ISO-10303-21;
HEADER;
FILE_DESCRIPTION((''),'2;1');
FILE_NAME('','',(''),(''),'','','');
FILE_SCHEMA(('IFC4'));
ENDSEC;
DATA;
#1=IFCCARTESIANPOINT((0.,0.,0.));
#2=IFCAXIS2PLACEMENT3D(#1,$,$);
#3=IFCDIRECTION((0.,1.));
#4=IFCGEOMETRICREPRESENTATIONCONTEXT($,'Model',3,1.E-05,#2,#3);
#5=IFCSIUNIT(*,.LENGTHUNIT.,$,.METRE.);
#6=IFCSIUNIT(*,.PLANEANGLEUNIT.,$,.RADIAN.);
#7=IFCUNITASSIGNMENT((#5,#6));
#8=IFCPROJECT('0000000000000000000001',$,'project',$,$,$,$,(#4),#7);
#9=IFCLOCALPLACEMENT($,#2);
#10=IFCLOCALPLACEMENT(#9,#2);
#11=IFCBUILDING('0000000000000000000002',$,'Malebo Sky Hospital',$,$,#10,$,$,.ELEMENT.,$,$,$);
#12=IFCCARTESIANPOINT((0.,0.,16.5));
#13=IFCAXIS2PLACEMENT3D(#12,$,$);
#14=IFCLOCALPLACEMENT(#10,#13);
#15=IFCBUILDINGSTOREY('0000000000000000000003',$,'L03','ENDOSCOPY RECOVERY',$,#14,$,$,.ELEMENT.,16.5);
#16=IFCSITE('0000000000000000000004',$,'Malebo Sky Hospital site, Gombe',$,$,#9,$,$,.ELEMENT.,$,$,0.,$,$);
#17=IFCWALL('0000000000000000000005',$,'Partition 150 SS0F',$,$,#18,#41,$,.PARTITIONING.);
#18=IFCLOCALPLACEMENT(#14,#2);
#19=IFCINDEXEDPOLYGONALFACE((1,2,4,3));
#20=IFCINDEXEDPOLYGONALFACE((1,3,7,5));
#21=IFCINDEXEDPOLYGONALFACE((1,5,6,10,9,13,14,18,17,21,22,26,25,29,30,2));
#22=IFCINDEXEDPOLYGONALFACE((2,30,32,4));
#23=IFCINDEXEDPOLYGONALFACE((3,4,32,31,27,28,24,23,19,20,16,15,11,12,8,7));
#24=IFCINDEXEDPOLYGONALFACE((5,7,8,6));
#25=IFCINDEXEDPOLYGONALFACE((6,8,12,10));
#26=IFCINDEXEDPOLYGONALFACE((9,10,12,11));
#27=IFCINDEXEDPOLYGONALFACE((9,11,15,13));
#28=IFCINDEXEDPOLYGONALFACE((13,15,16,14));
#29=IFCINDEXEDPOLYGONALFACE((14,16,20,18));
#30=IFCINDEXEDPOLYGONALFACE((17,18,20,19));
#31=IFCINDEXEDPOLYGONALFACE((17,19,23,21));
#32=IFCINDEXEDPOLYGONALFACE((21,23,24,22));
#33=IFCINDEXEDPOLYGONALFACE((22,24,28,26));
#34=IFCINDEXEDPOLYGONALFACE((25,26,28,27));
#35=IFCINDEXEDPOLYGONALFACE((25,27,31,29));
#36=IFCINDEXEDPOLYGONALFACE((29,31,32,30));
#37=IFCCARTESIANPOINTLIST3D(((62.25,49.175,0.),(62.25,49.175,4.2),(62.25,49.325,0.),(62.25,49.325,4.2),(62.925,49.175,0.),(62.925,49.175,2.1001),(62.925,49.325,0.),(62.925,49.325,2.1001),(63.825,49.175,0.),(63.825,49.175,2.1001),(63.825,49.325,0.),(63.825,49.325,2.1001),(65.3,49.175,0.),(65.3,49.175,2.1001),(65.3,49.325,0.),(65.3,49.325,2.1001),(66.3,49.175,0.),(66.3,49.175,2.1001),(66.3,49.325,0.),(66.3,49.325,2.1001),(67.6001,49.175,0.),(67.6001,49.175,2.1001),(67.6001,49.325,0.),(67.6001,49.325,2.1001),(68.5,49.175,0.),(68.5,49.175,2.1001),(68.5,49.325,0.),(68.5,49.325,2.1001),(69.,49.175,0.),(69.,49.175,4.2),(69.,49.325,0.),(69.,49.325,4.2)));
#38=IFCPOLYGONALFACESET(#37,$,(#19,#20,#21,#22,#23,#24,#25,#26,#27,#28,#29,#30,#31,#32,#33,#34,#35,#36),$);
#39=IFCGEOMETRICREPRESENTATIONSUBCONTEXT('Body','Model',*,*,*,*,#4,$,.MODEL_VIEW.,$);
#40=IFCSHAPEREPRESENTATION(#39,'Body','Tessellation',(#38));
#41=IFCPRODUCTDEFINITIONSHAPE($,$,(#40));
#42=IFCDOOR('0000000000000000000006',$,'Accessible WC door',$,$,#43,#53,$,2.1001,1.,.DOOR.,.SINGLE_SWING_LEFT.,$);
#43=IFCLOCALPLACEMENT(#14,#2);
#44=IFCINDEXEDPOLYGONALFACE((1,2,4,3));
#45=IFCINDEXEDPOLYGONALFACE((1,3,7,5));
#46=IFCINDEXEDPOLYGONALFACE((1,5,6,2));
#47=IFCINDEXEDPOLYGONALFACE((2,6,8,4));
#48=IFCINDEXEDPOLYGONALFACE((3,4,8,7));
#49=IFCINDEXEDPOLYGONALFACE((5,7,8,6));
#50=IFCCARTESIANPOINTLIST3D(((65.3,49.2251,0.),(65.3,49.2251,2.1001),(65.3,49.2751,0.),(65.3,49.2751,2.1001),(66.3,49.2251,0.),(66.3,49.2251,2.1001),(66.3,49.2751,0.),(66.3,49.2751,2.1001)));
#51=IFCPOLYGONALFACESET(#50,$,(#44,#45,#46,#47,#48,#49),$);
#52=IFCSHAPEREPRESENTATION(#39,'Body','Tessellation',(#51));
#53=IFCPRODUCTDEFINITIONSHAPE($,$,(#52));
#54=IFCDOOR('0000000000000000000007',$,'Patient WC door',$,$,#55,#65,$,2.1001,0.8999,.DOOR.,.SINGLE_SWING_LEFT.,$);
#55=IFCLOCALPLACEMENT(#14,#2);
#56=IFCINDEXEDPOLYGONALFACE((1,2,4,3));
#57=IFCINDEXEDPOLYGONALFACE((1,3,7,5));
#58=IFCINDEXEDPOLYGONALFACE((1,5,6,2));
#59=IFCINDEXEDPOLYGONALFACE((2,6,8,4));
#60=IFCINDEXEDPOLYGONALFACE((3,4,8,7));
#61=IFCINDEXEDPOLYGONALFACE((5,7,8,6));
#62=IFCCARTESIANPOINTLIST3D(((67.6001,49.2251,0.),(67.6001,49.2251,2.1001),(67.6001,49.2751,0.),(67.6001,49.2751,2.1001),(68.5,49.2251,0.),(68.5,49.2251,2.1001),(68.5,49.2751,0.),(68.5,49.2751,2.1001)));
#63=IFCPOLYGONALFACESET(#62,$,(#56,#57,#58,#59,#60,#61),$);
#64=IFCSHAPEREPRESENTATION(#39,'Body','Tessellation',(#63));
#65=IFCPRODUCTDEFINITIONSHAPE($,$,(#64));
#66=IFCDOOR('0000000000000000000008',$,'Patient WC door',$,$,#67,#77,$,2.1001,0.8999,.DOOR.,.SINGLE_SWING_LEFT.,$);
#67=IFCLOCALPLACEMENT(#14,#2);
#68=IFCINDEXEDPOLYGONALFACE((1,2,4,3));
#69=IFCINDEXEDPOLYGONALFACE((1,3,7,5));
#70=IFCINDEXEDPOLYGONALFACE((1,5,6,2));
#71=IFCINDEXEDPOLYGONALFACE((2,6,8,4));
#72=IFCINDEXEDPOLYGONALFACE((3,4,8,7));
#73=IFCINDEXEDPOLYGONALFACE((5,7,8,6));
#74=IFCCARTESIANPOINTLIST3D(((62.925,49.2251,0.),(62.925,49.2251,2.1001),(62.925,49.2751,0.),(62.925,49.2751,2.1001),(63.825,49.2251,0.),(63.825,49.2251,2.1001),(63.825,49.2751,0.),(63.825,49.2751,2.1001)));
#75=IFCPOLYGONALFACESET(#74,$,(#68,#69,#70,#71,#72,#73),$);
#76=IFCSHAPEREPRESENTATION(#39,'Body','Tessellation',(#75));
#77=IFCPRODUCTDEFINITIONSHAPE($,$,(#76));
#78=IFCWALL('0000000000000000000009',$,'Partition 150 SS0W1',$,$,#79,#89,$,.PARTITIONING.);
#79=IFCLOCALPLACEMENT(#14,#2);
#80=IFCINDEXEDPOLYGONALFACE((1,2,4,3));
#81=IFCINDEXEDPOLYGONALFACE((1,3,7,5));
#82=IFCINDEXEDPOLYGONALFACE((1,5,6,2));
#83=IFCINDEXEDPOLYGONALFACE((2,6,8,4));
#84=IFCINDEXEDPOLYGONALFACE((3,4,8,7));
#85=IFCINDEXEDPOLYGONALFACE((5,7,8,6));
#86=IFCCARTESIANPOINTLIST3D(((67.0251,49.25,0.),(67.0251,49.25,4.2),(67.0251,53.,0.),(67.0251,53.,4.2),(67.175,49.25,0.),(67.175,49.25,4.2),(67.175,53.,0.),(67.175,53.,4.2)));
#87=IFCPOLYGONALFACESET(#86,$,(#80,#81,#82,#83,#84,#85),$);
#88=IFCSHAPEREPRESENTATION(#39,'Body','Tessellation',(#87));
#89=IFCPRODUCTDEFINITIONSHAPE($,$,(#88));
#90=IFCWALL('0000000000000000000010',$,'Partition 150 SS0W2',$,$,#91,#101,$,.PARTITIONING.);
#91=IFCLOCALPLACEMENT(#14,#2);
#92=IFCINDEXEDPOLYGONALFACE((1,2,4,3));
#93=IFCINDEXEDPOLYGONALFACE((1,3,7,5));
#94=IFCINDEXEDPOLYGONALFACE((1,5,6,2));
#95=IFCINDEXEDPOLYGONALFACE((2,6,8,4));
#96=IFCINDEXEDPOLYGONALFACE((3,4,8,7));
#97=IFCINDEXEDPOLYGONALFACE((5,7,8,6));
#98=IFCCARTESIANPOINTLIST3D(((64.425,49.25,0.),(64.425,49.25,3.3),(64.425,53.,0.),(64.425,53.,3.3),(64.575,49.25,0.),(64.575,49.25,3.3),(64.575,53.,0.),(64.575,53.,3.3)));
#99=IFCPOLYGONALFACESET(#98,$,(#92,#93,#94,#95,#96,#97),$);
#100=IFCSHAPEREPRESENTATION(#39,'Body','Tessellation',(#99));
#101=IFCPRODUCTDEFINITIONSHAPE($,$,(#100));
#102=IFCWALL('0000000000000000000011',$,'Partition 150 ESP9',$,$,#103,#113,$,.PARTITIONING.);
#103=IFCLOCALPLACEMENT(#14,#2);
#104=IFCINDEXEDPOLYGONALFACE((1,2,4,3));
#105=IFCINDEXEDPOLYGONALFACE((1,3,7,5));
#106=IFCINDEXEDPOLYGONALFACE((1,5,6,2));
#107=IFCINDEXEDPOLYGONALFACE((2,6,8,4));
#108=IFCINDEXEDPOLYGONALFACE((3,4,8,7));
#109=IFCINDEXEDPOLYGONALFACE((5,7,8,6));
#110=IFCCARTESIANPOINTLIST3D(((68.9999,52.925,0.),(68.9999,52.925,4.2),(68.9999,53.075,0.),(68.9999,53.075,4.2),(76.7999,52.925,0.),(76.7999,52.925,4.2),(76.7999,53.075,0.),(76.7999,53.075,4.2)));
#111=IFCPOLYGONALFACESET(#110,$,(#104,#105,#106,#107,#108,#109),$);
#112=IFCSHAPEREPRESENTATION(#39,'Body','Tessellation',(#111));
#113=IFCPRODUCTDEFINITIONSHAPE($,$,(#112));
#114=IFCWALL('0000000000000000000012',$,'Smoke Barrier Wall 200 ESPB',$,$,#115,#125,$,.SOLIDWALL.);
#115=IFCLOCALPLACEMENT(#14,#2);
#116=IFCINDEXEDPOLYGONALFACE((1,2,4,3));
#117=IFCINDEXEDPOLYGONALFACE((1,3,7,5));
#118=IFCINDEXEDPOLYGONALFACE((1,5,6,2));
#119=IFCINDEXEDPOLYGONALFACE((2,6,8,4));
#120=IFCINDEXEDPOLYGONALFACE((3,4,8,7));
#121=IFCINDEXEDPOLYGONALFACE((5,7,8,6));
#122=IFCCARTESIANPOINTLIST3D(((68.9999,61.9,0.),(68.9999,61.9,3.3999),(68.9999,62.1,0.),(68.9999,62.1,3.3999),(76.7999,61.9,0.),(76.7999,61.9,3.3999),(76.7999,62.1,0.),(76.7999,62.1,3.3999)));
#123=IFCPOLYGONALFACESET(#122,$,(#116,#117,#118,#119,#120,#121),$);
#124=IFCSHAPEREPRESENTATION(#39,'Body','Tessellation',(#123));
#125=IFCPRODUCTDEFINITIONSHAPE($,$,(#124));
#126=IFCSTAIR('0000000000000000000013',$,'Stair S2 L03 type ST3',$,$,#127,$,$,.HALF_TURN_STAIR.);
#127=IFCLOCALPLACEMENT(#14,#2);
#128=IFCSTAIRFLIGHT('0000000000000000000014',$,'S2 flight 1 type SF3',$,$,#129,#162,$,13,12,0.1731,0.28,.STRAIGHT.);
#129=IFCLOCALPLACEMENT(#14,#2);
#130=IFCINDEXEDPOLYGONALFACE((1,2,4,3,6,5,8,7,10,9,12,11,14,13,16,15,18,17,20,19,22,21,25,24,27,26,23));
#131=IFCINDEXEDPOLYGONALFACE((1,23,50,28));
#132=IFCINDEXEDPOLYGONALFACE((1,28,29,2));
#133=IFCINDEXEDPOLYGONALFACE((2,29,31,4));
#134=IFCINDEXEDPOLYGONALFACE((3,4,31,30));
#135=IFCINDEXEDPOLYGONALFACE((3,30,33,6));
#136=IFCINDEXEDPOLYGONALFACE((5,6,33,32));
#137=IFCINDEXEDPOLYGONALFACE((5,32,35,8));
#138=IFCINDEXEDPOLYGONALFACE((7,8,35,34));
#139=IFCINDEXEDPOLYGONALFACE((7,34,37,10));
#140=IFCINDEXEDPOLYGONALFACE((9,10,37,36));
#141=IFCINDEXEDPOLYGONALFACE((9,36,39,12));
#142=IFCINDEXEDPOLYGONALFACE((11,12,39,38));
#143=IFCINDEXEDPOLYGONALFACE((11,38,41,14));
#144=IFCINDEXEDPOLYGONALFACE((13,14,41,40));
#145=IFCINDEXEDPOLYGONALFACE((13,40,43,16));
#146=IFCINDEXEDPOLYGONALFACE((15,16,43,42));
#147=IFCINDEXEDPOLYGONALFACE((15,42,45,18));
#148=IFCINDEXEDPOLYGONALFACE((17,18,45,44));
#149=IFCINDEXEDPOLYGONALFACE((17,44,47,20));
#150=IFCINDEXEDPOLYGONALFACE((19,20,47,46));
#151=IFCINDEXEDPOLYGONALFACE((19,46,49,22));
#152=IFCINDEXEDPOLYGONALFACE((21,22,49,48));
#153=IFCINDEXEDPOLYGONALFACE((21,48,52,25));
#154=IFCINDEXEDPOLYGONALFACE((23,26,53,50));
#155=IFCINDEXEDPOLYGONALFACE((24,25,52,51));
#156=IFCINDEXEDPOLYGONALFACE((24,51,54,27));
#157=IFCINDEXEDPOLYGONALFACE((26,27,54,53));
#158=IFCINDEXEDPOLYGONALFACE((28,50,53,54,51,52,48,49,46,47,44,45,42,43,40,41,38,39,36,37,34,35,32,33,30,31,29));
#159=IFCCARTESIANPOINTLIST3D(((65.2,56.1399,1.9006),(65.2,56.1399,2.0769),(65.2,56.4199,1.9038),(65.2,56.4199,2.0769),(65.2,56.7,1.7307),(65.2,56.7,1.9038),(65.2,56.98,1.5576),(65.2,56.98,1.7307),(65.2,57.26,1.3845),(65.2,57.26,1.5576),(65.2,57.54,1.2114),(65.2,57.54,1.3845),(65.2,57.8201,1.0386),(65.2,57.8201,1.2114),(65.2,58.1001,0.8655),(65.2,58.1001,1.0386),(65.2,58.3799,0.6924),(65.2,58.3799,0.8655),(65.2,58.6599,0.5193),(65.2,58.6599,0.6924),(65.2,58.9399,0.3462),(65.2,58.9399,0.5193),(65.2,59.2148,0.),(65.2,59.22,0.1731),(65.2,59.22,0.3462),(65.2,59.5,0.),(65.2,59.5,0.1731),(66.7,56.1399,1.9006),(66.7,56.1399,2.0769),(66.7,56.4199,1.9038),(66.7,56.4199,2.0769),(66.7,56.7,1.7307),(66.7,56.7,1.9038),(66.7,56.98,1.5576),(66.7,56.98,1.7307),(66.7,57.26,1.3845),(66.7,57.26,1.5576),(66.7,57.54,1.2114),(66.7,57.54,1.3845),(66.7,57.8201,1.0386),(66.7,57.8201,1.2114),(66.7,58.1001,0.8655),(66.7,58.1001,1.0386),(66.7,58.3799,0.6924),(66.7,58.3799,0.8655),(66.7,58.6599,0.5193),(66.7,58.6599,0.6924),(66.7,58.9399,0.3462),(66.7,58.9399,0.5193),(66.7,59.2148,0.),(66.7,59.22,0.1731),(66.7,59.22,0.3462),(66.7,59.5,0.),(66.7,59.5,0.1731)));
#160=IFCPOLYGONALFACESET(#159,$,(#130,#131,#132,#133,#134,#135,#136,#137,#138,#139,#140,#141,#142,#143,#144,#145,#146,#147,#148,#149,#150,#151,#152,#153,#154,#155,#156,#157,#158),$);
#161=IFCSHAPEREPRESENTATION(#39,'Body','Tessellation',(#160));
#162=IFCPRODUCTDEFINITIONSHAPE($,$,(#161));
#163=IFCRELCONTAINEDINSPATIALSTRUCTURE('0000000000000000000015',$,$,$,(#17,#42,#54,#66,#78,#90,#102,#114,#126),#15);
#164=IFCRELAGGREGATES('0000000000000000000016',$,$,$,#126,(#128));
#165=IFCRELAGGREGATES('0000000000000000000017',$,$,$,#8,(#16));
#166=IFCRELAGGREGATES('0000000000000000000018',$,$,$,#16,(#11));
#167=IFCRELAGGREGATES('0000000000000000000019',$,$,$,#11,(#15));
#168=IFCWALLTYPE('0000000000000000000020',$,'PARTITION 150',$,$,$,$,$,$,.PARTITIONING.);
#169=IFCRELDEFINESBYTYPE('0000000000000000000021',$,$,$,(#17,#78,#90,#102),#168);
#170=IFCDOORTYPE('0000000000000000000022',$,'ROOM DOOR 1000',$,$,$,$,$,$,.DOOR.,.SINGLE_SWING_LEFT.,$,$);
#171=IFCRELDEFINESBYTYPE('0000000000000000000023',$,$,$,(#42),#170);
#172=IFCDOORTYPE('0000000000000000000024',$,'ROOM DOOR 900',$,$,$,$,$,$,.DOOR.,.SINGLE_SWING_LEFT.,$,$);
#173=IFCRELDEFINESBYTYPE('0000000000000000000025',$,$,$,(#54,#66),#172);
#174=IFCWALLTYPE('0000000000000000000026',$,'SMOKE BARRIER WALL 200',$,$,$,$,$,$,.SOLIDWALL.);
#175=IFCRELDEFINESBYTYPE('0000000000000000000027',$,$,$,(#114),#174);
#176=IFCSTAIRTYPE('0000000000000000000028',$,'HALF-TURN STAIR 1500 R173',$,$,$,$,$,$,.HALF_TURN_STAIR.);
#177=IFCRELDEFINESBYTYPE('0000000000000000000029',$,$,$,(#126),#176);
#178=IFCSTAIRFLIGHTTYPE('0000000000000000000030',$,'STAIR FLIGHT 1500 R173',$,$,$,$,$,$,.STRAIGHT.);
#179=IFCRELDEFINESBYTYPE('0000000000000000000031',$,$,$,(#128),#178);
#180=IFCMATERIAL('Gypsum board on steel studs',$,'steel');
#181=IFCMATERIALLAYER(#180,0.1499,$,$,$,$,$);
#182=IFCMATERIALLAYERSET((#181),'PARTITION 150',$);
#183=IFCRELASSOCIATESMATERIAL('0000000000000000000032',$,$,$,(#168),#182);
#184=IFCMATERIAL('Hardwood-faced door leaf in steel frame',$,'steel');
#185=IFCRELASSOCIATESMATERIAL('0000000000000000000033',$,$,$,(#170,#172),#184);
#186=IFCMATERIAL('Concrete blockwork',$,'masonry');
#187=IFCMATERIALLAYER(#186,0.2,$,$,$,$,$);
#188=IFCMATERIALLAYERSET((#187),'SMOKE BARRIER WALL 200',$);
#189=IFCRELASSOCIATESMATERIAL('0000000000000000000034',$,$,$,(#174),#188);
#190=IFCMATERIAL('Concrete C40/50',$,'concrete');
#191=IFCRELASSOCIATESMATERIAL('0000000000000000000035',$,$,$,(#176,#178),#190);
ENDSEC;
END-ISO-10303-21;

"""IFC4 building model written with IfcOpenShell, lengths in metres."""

from ifc_helpers import new_model, si_unit, direction, frame, frame_2d, origin, place, context, subcontext, project, spatial, polyline, rectangle, outline, extrude, material, layer, layer_set, type_object, element, fill, aggregate, save


model = new_model("IFC4")

# Units and contexts
model_context = context("Model", 3, precision=1e-05, world=origin(), true_north=direction((0.0, 1.0)))
body_context = subcontext(model_context, "Body", "Model", "MODEL_VIEW")
ifc_project = project(units=[si_unit("LENGTHUNIT", "METRE"), si_unit("PLANEANGLEUNIT", "RADIAN")], contexts=[model_context])

# Site, building, storey
site_placement = place(None, origin())
site = spatial("IfcSite", under=ifc_project, at=site_placement, Name="Malebo Sky Hospital site, Gombe", CompositionType="ELEMENT", RefElevation=0.0)
building_placement = place(site_placement, origin())
building = spatial("IfcBuilding", under=site, at=building_placement, Name="Malebo Sky Hospital", CompositionType="ELEMENT")
storey_placement = place(building_placement, frame((0.0, 0.0, 16.5)))
storey = spatial("IfcBuildingStorey", under=building, at=storey_placement, Name="L03", Description="ENDOSCOPY RECOVERY", CompositionType="ELEMENT", Elevation=16.5)

# Shared definitions
ifc_material_1 = material(Name="Hardwood-faced door leaf in steel frame", Category="steel")

# Shared definitions
ifc_material_2 = material(Name="Gypsum board on steel studs", Category="steel")
ifc_layer_1 = layer(ifc_material_2, 0.1499)
ifc_layer_set_1 = layer_set([ifc_layer_1], Name="PARTITION 150")
wall_type_1 = type_object("IfcWallType", Name="PARTITION 150", PredefinedType="PARTITIONING", material=ifc_layer_set_1)

# Wall, openings, doors
wall_1_placement = place(storey_placement, frame((69.0, 49.25, 0.0), z_axis=(0.0, 0.0, 1.0), x_axis=(-1.0, 0.0, 0.0)))
wall_1 = element("IfcWall", 1, at=wall_1_placement, inside=storey, type_object=wall_type_1, Name="Partition 150 SS0F", PredefinedType="PARTITIONING", context=body_context, shape_type="SweptSolid", body=[
    extrude(rectangle(XDim=6.75, YDim=0.1499, at=frame_2d((3.375, 0.0))), origin(), (0.0, 0.0, 1.0), 4.2),
])
opening_1_placement = place(wall_1_placement, frame((0.5, 0.0, 0.0)))
opening_1 = element("IfcOpeningElement", 2, at=opening_1_placement, cuts=wall_1, PredefinedType="OPENING", context=body_context, shape_type="SweptSolid", body=[
    extrude(rectangle(XDim=0.8999, YDim=2.1001, at=frame_2d((0.45, 1.05))), frame((0.0, 0.085, 0.0), z_axis=(0.0, -1.0, 0.0), x_axis=(1.0, 0.0, 0.0)), (0.0, 0.0, 1.0), 0.1699),
])
opening_2_placement = place(wall_1_placement, frame((2.7, 0.0, 0.0)))
opening_2 = element("IfcOpeningElement", 3, at=opening_2_placement, cuts=wall_1, PredefinedType="OPENING", context=body_context, shape_type="SweptSolid", body=[
    extrude(rectangle(XDim=1.0, YDim=2.1001, at=frame_2d((0.5, 1.05))), frame((0.0, 0.085, 0.0), z_axis=(0.0, -1.0, 0.0), x_axis=(1.0, 0.0, 0.0)), (0.0, 0.0, 1.0), 0.1699),
])
opening_3_placement = place(wall_1_placement, frame((5.175, 0.0, 0.0)))
opening_3 = element("IfcOpeningElement", 4, at=opening_3_placement, cuts=wall_1, PredefinedType="OPENING", context=body_context, shape_type="SweptSolid", body=[
    extrude(rectangle(XDim=0.8999, YDim=2.1001, at=frame_2d((0.45, 1.05))), frame((0.0, 0.085, 0.0), z_axis=(0.0, -1.0, 0.0), x_axis=(1.0, 0.0, 0.0)), (0.0, 0.0, 1.0), 0.1699),
])
door_type_1 = type_object("IfcDoorType", Name="ROOM DOOR 1000", OperationType="SINGLE_SWING_LEFT", PredefinedType="DOOR", material=ifc_material_1)
door_1_placement = place(opening_2_placement, origin())
door_1 = element("IfcDoor", 5, at=door_1_placement, inside=storey, type_object=door_type_1, Name="Accessible WC door", OperationType="SINGLE_SWING_LEFT", OverallHeight=2.1001, OverallWidth=1.0, PredefinedType="DOOR", context=body_context, shape_type="SweptSolid", body=[
    extrude(rectangle(XDim=1.0, YDim=2.1001, at=frame_2d((0.5, 1.05))), frame((0.0, 0.0249, 0.0), z_axis=(0.0, -1.0, 0.0), x_axis=(1.0, 0.0, 0.0)), (0.0, 0.0, 1.0), 0.05),
])
fill(opening_2, door_1)
door_type_2 = type_object("IfcDoorType", Name="ROOM DOOR 900", OperationType="SINGLE_SWING_LEFT", PredefinedType="DOOR", material=ifc_material_1)
door_2_placement = place(opening_1_placement, origin())
door_2 = element("IfcDoor", 6, at=door_2_placement, inside=storey, type_object=door_type_2, Name="Patient WC door", OperationType="SINGLE_SWING_LEFT", OverallHeight=2.1001, OverallWidth=0.8999, PredefinedType="DOOR", context=body_context, shape_type="SweptSolid", body=[
    extrude(rectangle(XDim=0.8999, YDim=2.1001, at=frame_2d((0.45, 1.05))), frame((0.0, 0.0249, 0.0), z_axis=(0.0, -1.0, 0.0), x_axis=(1.0, 0.0, 0.0)), (0.0, 0.0, 1.0), 0.05),
])
fill(opening_1, door_2)
door_3_placement = place(opening_3_placement, origin())
door_3 = element("IfcDoor", 7, at=door_3_placement, inside=storey, type_object=door_type_2, Name="Patient WC door", OperationType="SINGLE_SWING_LEFT", OverallHeight=2.1001, OverallWidth=0.8999, PredefinedType="DOOR", context=body_context, shape_type="SweptSolid", body=[
    extrude(rectangle(XDim=0.8999, YDim=2.1001, at=frame_2d((0.45, 1.05))), frame((0.0, 0.0249, 0.0), z_axis=(0.0, -1.0, 0.0), x_axis=(1.0, 0.0, 0.0)), (0.0, 0.0, 1.0), 0.05),
])
fill(opening_3, door_3)

# Walls
wall_2_placement = place(storey_placement, frame((67.1001, 53.0, 0.0), z_axis=(0.0, 0.0, 1.0), x_axis=(0.0, -1.0, 0.0)))
element("IfcWall", 8, at=wall_2_placement, inside=storey, type_object=wall_type_1, Name="Partition 150 SS0W1", PredefinedType="PARTITIONING", context=body_context, shape_type="SweptSolid", body=[
    extrude(rectangle(XDim=3.75, YDim=0.1499, at=frame_2d((1.875, 0.0))), origin(), (0.0, 0.0, 1.0), 4.2),
])
wall_3_placement = place(storey_placement, frame((64.5, 53.0, 0.0), z_axis=(0.0, 0.0, 1.0), x_axis=(0.0, -1.0, 0.0)))
element("IfcWall", 9, at=wall_3_placement, inside=storey, type_object=wall_type_1, Name="Partition 150 SS0W2", PredefinedType="PARTITIONING", context=body_context, shape_type="SweptSolid", body=[
    extrude(rectangle(XDim=3.75, YDim=0.1499, at=frame_2d((1.875, 0.0))), origin(), (0.0, 0.0, 1.0), 3.3),
])
wall_4_placement = place(storey_placement, frame((69.0, 53.0, 0.0), z_axis=(0.0, 0.0, 1.0), x_axis=(1.0, 0.0, 0.0)))
element("IfcWall", 10, at=wall_4_placement, inside=storey, type_object=wall_type_1, Name="Partition 150 ESP9", PredefinedType="PARTITIONING", context=body_context, shape_type="SweptSolid", body=[
    extrude(rectangle(XDim=7.8, YDim=0.1499, at=frame_2d((3.8999, 0.0))), origin(), (0.0, 0.0, 1.0), 4.2),
])
ifc_material_3 = material(Name="Concrete blockwork", Category="masonry")
ifc_layer_2 = layer(ifc_material_3, 0.2)
ifc_layer_set_2 = layer_set([ifc_layer_2], Name="SMOKE BARRIER WALL 200")
wall_type_2 = type_object("IfcWallType", Name="SMOKE BARRIER WALL 200", PredefinedType="SOLIDWALL", material=ifc_layer_set_2)
wall_5_placement = place(storey_placement, frame((69.0, 62.0, 0.0), z_axis=(0.0, 0.0, 1.0), x_axis=(1.0, 0.0, 0.0)))
element("IfcWall", 11, at=wall_5_placement, inside=storey, type_object=wall_type_2, Name="Smoke Barrier Wall 200 ESPB", PredefinedType="SOLIDWALL", context=body_context, shape_type="SweptSolid", body=[
    extrude(rectangle(XDim=7.8, YDim=0.2, at=frame_2d((3.8999, 0.0))), origin(), (0.0, 0.0, 1.0), 3.3999),
])

# Stair, stair flight
ifc_material_4 = material(Name="Concrete C40/50", Category="concrete")
stair_type = type_object("IfcStairType", Name="HALF-TURN STAIR 1500 R173", PredefinedType="HALF_TURN_STAIR", material=ifc_material_4)
stair_placement = place(storey_placement, origin())
stair = element("IfcStair", 12, at=stair_placement, inside=storey, type_object=stair_type, Name="Stair S2 L03 type ST3", PredefinedType="HALF_TURN_STAIR")
stair_flight_type = type_object("IfcStairFlightType", Name="STAIR FLIGHT 1500 R173", PredefinedType="STRAIGHT", material=ifc_material_4)
stair_flight_1_placement = place(storey_placement, frame((65.95, 59.5, 0.0), z_axis=(0.0, 0.0, 1.0), x_axis=(0.0, -1.0, 0.0)))
stair_flight_1 = element("IfcStairFlight", 13, at=stair_flight_1_placement, type_object=stair_flight_type, Name="S2 flight 1 type SF3", NumberOfRisers=13, NumberOfTreads=12, PredefinedType="STRAIGHT", RiserHeight=0.1731, TreadLength=0.28, context=body_context, shape_type="SweptSolid", body=[
    extrude(outline(polyline([(0.0, 0.0), (0.0, 0.1731), (0.28, 0.1731), (0.28, 0.3462), (0.5601, 0.3462), (0.5601, 0.5193), (0.8401, 0.5193), (0.8401, 0.6924), (1.1201, 0.6924), (1.1201, 0.8655), (1.3999, 0.8655), (1.3999, 1.0386), (1.6799, 1.0386), (1.6799, 1.2114), (1.96, 1.2114), (1.96, 1.3845), (2.24, 1.3845), (2.24, 1.5576), (2.52, 1.5576), (2.52, 1.7307), (2.8, 1.7307), (2.8, 1.9038), (3.0801, 1.9038), (3.0801, 2.0769), (3.3601, 2.0769), (3.3601, 2.25), (3.3601, 1.9006), (0.2852, 0.0), (0.0, 0.0)])), frame((0.0, 0.75, 0.0), z_axis=(0.0, -1.0, 0.0), x_axis=(1.0, 0.0, 0.0)), (0.0, 0.0, 1.0), 1.5),
])
aggregate(stair, [stair_flight_1])

save(model, "model.ifc")
